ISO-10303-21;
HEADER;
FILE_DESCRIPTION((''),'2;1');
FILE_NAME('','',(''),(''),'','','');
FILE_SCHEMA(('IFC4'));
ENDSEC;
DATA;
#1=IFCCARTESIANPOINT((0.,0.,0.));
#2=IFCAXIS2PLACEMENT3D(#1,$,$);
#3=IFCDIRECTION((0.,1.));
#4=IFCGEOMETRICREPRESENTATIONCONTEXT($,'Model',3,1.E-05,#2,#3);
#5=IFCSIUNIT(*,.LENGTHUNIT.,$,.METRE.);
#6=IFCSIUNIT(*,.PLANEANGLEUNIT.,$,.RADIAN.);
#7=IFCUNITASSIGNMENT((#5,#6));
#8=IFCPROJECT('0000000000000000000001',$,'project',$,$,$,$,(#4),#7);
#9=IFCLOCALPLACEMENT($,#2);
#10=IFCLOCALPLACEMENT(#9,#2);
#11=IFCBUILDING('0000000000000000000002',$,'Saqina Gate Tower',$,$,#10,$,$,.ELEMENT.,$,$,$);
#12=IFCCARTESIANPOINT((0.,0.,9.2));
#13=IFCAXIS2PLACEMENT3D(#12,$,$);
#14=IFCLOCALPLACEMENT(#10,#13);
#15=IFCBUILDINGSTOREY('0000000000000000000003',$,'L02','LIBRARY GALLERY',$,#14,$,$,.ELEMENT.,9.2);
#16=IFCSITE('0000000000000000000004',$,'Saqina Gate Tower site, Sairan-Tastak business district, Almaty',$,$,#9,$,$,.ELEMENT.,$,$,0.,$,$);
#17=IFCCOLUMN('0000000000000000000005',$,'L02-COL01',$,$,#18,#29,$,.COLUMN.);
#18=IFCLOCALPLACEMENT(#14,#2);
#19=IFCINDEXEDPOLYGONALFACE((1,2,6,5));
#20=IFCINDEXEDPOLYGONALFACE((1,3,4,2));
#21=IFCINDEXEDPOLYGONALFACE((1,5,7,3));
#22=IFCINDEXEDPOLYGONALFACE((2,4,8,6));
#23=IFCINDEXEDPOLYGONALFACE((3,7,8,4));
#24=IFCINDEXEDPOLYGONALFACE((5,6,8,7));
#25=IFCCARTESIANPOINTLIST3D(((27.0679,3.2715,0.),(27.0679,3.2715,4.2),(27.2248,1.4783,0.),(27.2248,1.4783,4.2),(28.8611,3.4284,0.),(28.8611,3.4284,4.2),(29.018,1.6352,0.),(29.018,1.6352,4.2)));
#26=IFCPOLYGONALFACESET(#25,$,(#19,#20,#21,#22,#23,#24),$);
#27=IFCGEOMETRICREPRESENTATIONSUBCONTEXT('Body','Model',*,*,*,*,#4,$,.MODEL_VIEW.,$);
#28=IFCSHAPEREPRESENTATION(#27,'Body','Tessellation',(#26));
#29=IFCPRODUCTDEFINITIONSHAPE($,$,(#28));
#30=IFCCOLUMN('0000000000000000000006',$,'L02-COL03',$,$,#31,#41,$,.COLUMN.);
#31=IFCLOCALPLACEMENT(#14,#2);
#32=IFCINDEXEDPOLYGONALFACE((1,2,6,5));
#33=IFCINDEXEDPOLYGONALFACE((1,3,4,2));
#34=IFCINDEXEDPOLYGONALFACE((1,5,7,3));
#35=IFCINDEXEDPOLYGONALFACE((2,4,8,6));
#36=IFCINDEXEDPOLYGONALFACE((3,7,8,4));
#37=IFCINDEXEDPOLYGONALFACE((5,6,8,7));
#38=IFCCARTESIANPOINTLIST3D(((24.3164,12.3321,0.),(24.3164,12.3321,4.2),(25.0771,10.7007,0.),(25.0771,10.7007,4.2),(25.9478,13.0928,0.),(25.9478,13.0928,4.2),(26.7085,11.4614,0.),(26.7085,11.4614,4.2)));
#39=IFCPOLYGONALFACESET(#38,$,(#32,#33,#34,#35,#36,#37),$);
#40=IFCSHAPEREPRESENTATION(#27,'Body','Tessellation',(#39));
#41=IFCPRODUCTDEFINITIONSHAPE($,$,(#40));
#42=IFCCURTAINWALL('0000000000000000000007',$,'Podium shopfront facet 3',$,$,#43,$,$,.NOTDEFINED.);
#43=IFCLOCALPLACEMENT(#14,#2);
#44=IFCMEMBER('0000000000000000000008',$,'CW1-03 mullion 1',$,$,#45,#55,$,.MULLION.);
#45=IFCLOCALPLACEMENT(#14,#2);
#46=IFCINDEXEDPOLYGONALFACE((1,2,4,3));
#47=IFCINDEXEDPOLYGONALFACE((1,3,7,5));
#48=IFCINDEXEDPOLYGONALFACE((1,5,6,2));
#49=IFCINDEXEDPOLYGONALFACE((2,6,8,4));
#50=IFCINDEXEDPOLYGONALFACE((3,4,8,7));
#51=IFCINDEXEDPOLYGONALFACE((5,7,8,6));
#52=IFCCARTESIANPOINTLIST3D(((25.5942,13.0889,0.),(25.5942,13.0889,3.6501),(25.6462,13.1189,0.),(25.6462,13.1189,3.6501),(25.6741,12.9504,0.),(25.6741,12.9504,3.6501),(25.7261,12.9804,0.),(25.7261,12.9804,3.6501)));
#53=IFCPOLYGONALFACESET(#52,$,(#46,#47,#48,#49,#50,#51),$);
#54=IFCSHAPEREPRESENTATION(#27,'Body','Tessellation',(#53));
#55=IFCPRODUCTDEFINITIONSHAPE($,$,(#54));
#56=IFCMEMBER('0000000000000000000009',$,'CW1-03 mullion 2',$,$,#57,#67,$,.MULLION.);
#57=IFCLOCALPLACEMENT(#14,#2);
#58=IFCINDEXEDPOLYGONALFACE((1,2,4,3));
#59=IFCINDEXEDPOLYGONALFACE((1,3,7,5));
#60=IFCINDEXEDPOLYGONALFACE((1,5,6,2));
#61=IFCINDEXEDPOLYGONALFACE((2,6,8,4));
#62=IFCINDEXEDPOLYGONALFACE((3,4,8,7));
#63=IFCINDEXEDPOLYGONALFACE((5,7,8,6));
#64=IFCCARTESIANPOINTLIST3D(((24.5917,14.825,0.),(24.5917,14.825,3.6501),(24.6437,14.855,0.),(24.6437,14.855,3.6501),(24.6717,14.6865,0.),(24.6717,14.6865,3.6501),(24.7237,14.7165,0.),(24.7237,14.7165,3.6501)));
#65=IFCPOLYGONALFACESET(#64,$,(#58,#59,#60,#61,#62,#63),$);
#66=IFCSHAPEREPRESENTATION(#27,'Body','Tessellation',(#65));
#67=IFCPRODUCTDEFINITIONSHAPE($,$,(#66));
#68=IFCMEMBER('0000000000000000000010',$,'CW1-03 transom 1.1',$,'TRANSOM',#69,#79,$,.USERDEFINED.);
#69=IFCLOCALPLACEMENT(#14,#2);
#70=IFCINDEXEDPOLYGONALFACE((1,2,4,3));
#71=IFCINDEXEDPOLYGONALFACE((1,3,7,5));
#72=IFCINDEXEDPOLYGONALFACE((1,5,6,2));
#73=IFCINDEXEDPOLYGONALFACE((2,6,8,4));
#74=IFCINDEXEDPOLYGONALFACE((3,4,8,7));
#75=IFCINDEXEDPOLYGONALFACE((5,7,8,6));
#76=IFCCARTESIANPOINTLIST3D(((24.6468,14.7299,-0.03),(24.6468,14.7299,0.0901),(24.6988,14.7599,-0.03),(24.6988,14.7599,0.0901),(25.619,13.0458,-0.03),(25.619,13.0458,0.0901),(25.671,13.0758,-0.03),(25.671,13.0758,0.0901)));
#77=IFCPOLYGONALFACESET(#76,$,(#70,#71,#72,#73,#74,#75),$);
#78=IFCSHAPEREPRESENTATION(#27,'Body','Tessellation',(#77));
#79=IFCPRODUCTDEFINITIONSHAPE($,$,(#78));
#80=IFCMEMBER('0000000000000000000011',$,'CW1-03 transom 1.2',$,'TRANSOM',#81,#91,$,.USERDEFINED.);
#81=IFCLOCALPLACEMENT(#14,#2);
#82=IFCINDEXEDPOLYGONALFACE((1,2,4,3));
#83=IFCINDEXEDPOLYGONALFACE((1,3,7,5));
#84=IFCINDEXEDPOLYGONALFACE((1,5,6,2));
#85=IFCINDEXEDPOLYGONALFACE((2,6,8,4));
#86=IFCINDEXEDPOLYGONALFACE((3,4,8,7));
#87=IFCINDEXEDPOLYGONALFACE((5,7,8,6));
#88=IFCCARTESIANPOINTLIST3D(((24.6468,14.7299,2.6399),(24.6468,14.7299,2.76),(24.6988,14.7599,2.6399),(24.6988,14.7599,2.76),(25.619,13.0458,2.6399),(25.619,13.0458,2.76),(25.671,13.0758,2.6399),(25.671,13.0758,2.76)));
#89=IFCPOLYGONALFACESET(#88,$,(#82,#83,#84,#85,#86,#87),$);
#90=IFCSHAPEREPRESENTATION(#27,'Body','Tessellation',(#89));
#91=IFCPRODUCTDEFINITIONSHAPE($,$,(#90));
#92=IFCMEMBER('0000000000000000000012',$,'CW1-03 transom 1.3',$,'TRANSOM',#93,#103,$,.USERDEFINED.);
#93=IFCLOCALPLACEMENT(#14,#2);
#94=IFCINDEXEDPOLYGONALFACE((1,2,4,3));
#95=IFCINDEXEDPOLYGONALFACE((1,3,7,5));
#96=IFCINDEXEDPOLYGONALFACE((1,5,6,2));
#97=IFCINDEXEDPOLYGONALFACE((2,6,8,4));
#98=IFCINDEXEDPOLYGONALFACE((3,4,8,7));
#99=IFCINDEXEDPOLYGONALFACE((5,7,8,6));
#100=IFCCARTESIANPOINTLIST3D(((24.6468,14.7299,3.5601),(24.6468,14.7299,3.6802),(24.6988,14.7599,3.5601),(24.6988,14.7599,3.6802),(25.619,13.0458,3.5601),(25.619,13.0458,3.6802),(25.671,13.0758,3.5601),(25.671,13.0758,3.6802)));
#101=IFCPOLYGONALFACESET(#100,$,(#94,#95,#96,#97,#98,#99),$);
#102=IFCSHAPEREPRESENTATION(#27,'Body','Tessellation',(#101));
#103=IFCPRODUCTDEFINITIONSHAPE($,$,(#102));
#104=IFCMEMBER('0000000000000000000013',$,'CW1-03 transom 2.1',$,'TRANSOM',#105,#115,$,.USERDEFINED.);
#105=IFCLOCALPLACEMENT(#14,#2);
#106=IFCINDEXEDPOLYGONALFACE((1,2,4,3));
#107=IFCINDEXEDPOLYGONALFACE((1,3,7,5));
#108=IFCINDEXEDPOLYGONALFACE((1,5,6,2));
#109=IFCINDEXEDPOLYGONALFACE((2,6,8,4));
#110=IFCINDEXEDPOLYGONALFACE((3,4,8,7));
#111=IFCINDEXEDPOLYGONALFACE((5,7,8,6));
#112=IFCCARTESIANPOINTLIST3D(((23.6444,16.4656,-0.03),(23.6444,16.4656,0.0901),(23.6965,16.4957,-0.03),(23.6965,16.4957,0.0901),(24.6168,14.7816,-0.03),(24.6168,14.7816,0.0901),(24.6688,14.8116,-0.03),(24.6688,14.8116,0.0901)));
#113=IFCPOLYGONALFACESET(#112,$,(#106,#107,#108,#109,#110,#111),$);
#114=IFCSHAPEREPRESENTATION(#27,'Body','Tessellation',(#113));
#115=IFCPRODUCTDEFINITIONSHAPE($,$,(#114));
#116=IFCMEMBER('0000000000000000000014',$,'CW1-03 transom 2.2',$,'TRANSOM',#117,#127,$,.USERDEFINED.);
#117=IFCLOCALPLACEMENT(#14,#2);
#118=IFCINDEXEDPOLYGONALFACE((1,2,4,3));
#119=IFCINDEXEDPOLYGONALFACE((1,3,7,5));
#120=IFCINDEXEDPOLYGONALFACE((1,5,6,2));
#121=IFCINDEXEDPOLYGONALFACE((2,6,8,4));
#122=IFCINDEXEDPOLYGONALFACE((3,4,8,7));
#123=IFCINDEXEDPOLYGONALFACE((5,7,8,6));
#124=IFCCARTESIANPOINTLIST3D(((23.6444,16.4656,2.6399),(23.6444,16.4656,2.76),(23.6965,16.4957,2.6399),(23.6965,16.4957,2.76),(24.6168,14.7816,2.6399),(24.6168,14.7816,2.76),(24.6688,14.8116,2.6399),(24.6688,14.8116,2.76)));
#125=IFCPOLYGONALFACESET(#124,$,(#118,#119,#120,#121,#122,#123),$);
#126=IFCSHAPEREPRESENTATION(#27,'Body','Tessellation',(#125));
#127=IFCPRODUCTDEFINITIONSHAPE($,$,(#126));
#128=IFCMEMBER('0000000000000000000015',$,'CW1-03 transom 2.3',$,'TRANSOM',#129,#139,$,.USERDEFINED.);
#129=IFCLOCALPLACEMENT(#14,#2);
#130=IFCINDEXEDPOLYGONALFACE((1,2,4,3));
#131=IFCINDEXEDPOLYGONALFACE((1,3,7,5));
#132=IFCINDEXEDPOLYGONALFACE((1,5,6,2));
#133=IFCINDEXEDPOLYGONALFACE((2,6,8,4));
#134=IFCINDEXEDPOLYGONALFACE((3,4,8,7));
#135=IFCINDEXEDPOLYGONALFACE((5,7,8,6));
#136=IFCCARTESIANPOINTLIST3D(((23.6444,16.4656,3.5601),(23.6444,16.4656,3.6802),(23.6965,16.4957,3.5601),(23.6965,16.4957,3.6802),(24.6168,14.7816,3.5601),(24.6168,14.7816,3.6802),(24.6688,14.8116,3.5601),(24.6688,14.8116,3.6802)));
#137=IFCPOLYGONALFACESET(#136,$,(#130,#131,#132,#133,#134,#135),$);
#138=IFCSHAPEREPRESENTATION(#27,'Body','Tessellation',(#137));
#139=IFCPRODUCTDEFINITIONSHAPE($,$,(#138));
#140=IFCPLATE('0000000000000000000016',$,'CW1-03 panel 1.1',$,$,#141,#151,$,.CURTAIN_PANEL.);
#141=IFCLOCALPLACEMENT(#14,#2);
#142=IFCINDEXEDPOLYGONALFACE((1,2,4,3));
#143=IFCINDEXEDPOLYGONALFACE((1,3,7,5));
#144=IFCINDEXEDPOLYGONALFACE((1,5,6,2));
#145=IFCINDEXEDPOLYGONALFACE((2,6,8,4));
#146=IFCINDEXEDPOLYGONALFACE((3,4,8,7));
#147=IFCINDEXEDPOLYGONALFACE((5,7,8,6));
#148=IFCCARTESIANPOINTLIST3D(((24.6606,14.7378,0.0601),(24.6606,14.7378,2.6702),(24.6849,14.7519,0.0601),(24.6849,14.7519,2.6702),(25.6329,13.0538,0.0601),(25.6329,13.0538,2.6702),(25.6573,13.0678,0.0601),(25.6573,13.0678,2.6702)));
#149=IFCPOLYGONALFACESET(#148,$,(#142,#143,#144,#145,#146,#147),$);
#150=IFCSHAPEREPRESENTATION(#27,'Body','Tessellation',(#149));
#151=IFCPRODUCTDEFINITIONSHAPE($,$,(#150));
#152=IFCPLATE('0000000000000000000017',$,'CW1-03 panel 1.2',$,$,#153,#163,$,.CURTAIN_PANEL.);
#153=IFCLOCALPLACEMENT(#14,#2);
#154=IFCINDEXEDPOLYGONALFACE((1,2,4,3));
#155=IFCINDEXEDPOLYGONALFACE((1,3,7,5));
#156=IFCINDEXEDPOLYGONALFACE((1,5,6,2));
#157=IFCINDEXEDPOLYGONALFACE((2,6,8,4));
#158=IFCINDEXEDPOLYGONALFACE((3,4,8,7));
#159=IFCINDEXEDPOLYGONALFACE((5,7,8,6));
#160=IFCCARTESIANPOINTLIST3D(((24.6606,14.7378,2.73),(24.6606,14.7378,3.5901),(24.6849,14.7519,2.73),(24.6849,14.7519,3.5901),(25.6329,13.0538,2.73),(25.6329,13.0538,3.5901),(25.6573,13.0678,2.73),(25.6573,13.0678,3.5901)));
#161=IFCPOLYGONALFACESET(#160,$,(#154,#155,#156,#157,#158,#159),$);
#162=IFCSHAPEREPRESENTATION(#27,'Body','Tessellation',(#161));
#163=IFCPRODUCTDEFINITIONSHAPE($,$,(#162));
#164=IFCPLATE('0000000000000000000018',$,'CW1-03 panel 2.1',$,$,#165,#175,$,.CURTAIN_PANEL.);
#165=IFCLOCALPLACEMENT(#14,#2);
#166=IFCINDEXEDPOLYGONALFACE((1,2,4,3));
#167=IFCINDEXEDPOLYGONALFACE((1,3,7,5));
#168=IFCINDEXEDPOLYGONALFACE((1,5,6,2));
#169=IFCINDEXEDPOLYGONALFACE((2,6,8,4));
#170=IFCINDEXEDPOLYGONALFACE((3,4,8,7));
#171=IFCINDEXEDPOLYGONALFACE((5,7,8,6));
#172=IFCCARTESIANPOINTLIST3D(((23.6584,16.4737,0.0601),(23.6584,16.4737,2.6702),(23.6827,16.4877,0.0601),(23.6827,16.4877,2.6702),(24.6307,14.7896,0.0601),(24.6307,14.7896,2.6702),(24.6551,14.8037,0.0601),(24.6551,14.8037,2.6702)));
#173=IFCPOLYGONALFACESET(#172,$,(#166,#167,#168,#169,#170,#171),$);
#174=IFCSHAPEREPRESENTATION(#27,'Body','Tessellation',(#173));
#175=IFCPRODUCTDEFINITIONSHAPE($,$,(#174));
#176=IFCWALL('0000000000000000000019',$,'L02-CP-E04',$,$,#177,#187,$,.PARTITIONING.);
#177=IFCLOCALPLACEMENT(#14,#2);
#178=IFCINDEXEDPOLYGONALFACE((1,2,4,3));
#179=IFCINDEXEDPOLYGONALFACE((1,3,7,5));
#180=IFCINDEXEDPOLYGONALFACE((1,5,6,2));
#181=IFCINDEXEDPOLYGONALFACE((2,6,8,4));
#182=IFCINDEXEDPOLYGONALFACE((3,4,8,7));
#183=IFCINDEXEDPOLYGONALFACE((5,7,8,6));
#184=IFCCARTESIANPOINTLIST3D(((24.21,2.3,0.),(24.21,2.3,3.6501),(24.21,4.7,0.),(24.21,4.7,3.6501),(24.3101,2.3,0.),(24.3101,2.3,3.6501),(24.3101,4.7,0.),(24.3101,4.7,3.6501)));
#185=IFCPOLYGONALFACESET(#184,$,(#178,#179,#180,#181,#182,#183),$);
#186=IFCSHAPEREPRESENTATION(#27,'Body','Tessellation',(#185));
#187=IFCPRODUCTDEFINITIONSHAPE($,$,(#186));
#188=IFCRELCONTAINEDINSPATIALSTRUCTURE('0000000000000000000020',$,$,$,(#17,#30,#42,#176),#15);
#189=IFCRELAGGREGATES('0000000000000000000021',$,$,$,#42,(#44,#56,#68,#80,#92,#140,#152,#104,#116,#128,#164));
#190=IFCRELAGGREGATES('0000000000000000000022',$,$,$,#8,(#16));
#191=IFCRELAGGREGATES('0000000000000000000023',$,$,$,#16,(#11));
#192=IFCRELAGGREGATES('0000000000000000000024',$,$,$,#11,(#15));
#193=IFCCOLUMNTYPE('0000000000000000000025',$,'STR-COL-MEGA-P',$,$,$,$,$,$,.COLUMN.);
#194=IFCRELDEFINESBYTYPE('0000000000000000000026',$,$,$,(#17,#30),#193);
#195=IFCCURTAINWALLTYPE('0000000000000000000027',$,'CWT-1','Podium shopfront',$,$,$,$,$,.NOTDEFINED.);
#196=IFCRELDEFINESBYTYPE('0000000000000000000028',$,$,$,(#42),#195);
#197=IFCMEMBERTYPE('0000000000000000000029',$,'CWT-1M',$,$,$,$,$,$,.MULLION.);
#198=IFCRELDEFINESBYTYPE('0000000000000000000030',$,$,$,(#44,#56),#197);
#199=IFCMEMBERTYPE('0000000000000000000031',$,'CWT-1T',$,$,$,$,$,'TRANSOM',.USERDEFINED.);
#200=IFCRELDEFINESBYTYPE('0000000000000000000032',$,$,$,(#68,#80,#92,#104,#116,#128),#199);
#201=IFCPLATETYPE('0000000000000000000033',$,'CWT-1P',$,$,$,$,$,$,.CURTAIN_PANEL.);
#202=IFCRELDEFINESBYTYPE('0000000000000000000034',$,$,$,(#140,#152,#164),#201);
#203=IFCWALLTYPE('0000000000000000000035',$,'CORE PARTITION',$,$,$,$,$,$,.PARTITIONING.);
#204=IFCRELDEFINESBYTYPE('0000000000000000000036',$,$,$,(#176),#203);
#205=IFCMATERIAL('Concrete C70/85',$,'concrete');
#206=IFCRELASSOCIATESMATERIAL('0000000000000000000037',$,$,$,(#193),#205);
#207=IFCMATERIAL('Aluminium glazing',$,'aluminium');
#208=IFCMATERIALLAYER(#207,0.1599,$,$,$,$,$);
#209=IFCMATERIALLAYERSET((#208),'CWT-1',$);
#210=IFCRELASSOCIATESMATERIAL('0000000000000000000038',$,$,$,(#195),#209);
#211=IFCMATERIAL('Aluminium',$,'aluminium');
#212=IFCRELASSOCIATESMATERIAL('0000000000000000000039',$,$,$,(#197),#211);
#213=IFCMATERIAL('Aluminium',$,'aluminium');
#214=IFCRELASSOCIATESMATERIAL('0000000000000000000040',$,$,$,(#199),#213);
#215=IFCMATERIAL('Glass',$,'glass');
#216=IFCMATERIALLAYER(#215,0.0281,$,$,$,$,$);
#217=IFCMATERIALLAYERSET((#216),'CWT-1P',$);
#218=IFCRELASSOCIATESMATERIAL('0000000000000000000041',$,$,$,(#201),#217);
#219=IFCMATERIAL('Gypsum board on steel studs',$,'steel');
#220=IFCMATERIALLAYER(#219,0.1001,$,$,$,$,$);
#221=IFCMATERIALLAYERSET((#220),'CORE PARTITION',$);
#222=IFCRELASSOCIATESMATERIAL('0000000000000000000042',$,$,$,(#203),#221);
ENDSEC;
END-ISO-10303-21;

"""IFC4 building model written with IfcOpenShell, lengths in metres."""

from ifc_helpers import new_model, si_unit, direction, frame, frame_2d, origin, origin_2d, place, context, subcontext, project, spatial, rectangle, extrude, material, layer, layer_set, material_profile, profile_set, type_object, element, aggregate, save


model = new_model("IFC4")

# Units and contexts
model_context = context("Model", 3, precision=1e-05, world=origin(), true_north=direction((0.0, 1.0)))
body_context = subcontext(model_context, "Body", "Model", "MODEL_VIEW")
ifc_project = project(units=[si_unit("LENGTHUNIT", "METRE"), si_unit("PLANEANGLEUNIT", "RADIAN")], contexts=[model_context])

# Site, building, storey
site_placement = place(None, origin())
site = spatial("IfcSite", under=ifc_project, at=site_placement, Name="Saqina Gate Tower site, Sairan-Tastak business district, Almaty", CompositionType="ELEMENT", RefElevation=0.0)
building_placement = place(site_placement, origin())
building = spatial("IfcBuilding", under=site, at=building_placement, Name="Saqina Gate Tower", CompositionType="ELEMENT")
storey_placement = place(building_placement, frame((0.0, 0.0, 9.2)))
storey = spatial("IfcBuildingStorey", under=building, at=storey_placement, Name="L02", Description="LIBRARY GALLERY", CompositionType="ELEMENT", Elevation=9.2)

# Columns
ifc_material_1 = material(Name="Concrete C70/85", Category="concrete")
ifc_material_profile_1 = material_profile(ifc_material_1, rectangle(XDim=1.8, YDim=1.8, at=origin_2d()), Name="RC 1800x1800")
ifc_profile_set_1 = profile_set([ifc_material_profile_1], Name="Concrete C70/85")
column_type = type_object("IfcColumnType", Name="STR-COL-MEGA-P", PredefinedType="COLUMN", material=ifc_profile_set_1)
for number, where, z_axis, x_axis, name in (
    (1, (28.043, 2.4534, 0.0), (0.0, 0.0, 1.0), (0.996195, 0.087156, 0.0), "L02-COL01"),
    (2, (25.5125, 11.8967, 0.0), (0.0, 0.0, 1.0), (0.906308, 0.422618, 0.0), "L02-COL03"),
):
    element("IfcColumn", number, at=place(storey_placement, frame(where, z_axis=z_axis, x_axis=x_axis)), inside=storey, type_object=column_type, Name=name, PredefinedType="COLUMN", context=body_context, shape_type="SweptSolid", body=[
        extrude(rectangle(XDim=1.8, YDim=1.8, at=origin_2d()), origin(), (0.0, 0.0, 1.0), 4.2),
    ])

# Curtain wall, members, plates
ifc_material_2 = material(Name="Aluminium glazing", Category="aluminium")
ifc_layer_1 = layer(ifc_material_2, 0.1599)
ifc_layer_set_1 = layer_set([ifc_layer_1], Name="CWT-1")
curtain_wall_type = type_object("IfcCurtainWallType", Name="CWT-1", Description="Podium shopfront", PredefinedType="NOTDEFINED", material=ifc_layer_set_1)
curtain_wall_placement = place(storey_placement, origin())
curtain_wall = element("IfcCurtainWall", 3, at=curtain_wall_placement, inside=storey, type_object=curtain_wall_type, Name="Podium shopfront facet 3", PredefinedType="NOTDEFINED")
ifc_material_3 = material(Name="Aluminium", Category="aluminium")
ifc_material_profile_2 = material_profile(ifc_material_3, rectangle(XDim=0.0601, YDim=0.1599, at=origin_2d()), Name="Aluminium 60x160")
ifc_profile_set_2 = profile_set([ifc_material_profile_2], Name="Aluminium")
member_type_1 = type_object("IfcMemberType", Name="CWT-1M", PredefinedType="MULLION", material=ifc_profile_set_2)
member_1_placement = place(storey_placement, frame((25.6602, 13.0347, 0.0), z_axis=(0.0, 0.0, 1.0), x_axis=(-0.866017, -0.500014, 0.0)))
member_1 = element("IfcMember", 4, at=member_1_placement, type_object=member_type_1, Name="CW1-03 mullion 1", PredefinedType="MULLION", context=body_context, shape_type="SweptSolid", body=[
    extrude(rectangle(XDim=0.0601, YDim=0.1599, at=origin_2d()), origin(), (0.0, 0.0, 1.0), 3.6501),
])
member_2_placement = place(storey_placement, frame((24.6577, 14.7708, 0.0), z_axis=(0.0, 0.0, 1.0), x_axis=(-0.866017, -0.500014, 0.0)))
member_2 = element("IfcMember", 5, at=member_2_placement, type_object=member_type_1, Name="CW1-03 mullion 2", PredefinedType="MULLION", context=body_context, shape_type="SweptSolid", body=[
    extrude(rectangle(XDim=0.0601, YDim=0.1599, at=origin_2d()), origin(), (0.0, 0.0, 1.0), 3.6501),
])
ifc_material_4 = material(Name="Aluminium", Category="aluminium")
ifc_material_profile_3 = material_profile(ifc_material_4, rectangle(XDim=0.0601, YDim=0.1201, at=origin_2d()), Name="Aluminium 60x120")
ifc_profile_set_3 = profile_set([ifc_material_profile_3], Name="Aluminium")
member_type_2 = type_object("IfcMemberType", Name="CWT-1T", ElementType="TRANSOM", PredefinedType="USERDEFINED", material=ifc_profile_set_3)
member_3_placement = place(storey_placement, frame((25.645, 13.0608, 0.03), z_axis=(-0.499947, 0.866056, 0.0), x_axis=(-0.866056, -0.499947, 0.0)))
member_3 = element("IfcMember", 6, at=member_3_placement, type_object=member_type_2, Name="CW1-03 transom 1.1", ObjectType="TRANSOM", PredefinedType="USERDEFINED", context=body_context, shape_type="SweptSolid", body=[
    extrude(rectangle(XDim=0.0601, YDim=0.1201, at=origin_2d()), origin(), (0.0, 0.0, 1.0), 1.9446),
])
member_4_placement = place(storey_placement, frame((25.645, 13.0608, 2.7), z_axis=(-0.499947, 0.866056, 0.0), x_axis=(-0.866056, -0.499947, 0.0)))
member_4 = element("IfcMember", 7, at=member_4_placement, type_object=member_type_2, Name="CW1-03 transom 1.2", ObjectType="TRANSOM", PredefinedType="USERDEFINED", context=body_context, shape_type="SweptSolid", body=[
    extrude(rectangle(XDim=0.0601, YDim=0.1201, at=origin_2d()), origin(), (0.0, 0.0, 1.0), 1.9446),
])
member_5_placement = place(storey_placement, frame((25.645, 13.0608, 3.6201), z_axis=(-0.499947, 0.866056, 0.0), x_axis=(-0.866056, -0.499947, 0.0)))
member_5 = element("IfcMember", 8, at=member_5_placement, type_object=member_type_2, Name="CW1-03 transom 1.3", ObjectType="TRANSOM", PredefinedType="USERDEFINED", context=body_context, shape_type="SweptSolid", body=[
    extrude(rectangle(XDim=0.0601, YDim=0.1201, at=origin_2d()), origin(), (0.0, 0.0, 1.0), 1.9446),
])
member_6_placement = place(storey_placement, frame((24.6428, 14.7966, 0.03), z_axis=(-0.500041, 0.866002, 0.0), x_axis=(-0.866002, -0.500041, 0.0)))
member_6 = element("IfcMember", 9, at=member_6_placement, type_object=member_type_2, Name="CW1-03 transom 2.1", ObjectType="TRANSOM", PredefinedType="USERDEFINED", context=body_context, shape_type="SweptSolid", body=[
    extrude(rectangle(XDim=0.0601, YDim=0.1201, at=origin_2d()), origin(), (0.0, 0.0, 1.0), 1.9446),
])
member_7_placement = place(storey_placement, frame((24.6428, 14.7966, 2.7), z_axis=(-0.500041, 0.866002, 0.0), x_axis=(-0.866002, -0.500041, 0.0)))
member_7 = element("IfcMember", 10, at=member_7_placement, type_object=member_type_2, Name="CW1-03 transom 2.2", ObjectType="TRANSOM", PredefinedType="USERDEFINED", context=body_context, shape_type="SweptSolid", body=[
    extrude(rectangle(XDim=0.0601, YDim=0.1201, at=origin_2d()), origin(), (0.0, 0.0, 1.0), 1.9446),
])
member_8_placement = place(storey_placement, frame((24.6428, 14.7966, 3.6201), z_axis=(-0.500041, 0.866002, 0.0), x_axis=(-0.866002, -0.500041, 0.0)))
member_8 = element("IfcMember", 11, at=member_8_placement, type_object=member_type_2, Name="CW1-03 transom 2.3", ObjectType="TRANSOM", PredefinedType="USERDEFINED", context=body_context, shape_type="SweptSolid", body=[
    extrude(rectangle(XDim=0.0601, YDim=0.1201, at=origin_2d()), origin(), (0.0, 0.0, 1.0), 1.9446),
])
ifc_material_5 = material(Name="Glass", Category="glass")
ifc_layer_2 = layer(ifc_material_5, 0.0281)
ifc_layer_set_2 = layer_set([ifc_layer_2], Name="CWT-1P")
plate_type = type_object("IfcPlateType", Name="CWT-1P", PredefinedType="CURTAIN_PANEL", material=ifc_layer_set_2)
plate_1_placement = place(storey_placement, frame((25.1589, 13.9028, 0.0601), z_axis=(0.0, 0.0, 1.0), x_axis=(-0.500014, 0.866017, 0.0)))
plate_1 = element("IfcPlate", 12, at=plate_1_placement, type_object=plate_type, Name="CW1-03 panel 1.1", PredefinedType="CURTAIN_PANEL", context=body_context, shape_type="SweptSolid", body=[
    extrude(rectangle(XDim=1.9446, YDim=0.0281, at=origin_2d()), origin(), (0.0, 0.0, 1.0), 2.6101),
])
plate_2_placement = place(storey_placement, frame((25.1589, 13.9028, 2.73), z_axis=(0.0, 0.0, 1.0), x_axis=(-0.500014, 0.866017, 0.0)))
plate_2 = element("IfcPlate", 13, at=plate_2_placement, type_object=plate_type, Name="CW1-03 panel 1.2", PredefinedType="CURTAIN_PANEL", context=body_context, shape_type="SweptSolid", body=[
    extrude(rectangle(XDim=1.9446, YDim=0.0281, at=origin_2d()), origin(), (0.0, 0.0, 1.0), 0.8601),
])
plate_3_placement = place(storey_placement, frame((24.1567, 15.6387, 0.0601), z_axis=(0.0, 0.0, 1.0), x_axis=(-0.500014, 0.866017, 0.0)))
plate_3 = element("IfcPlate", 14, at=plate_3_placement, type_object=plate_type, Name="CW1-03 panel 2.1", PredefinedType="CURTAIN_PANEL", context=body_context, shape_type="SweptSolid", body=[
    extrude(rectangle(XDim=1.9446, YDim=0.0281, at=origin_2d()), origin(), (0.0, 0.0, 1.0), 2.6101),
])
aggregate(curtain_wall, [member_1, member_2, member_3, member_4, member_5, plate_1, plate_2, member_6, member_7, member_8, plate_3])

# Wall
ifc_material_6 = material(Name="Gypsum board on steel studs", Category="steel")
ifc_layer_3 = layer(ifc_material_6, 0.1001)
ifc_layer_set_3 = layer_set([ifc_layer_3], Name="CORE PARTITION")
wall_type_1 = type_object("IfcWallType", Name="CORE PARTITION", PredefinedType="PARTITIONING", material=ifc_layer_set_3)
wall_1_placement = place(storey_placement, frame((24.26, 2.3, 0.0), z_axis=(0.0, 0.0, 1.0), x_axis=(0.0, 1.0, 0.0)))
element("IfcWall", 15, at=wall_1_placement, inside=storey, type_object=wall_type_1, Name="L02-CP-E04", PredefinedType="PARTITIONING", context=body_context, shape_type="SweptSolid", body=[
    extrude(rectangle(XDim=2.3999, YDim=0.1001, at=frame_2d((1.2, 0.0))), origin(), (0.0, 0.0, 1.0), 3.6501),
])

save(model, "model.ifc")
